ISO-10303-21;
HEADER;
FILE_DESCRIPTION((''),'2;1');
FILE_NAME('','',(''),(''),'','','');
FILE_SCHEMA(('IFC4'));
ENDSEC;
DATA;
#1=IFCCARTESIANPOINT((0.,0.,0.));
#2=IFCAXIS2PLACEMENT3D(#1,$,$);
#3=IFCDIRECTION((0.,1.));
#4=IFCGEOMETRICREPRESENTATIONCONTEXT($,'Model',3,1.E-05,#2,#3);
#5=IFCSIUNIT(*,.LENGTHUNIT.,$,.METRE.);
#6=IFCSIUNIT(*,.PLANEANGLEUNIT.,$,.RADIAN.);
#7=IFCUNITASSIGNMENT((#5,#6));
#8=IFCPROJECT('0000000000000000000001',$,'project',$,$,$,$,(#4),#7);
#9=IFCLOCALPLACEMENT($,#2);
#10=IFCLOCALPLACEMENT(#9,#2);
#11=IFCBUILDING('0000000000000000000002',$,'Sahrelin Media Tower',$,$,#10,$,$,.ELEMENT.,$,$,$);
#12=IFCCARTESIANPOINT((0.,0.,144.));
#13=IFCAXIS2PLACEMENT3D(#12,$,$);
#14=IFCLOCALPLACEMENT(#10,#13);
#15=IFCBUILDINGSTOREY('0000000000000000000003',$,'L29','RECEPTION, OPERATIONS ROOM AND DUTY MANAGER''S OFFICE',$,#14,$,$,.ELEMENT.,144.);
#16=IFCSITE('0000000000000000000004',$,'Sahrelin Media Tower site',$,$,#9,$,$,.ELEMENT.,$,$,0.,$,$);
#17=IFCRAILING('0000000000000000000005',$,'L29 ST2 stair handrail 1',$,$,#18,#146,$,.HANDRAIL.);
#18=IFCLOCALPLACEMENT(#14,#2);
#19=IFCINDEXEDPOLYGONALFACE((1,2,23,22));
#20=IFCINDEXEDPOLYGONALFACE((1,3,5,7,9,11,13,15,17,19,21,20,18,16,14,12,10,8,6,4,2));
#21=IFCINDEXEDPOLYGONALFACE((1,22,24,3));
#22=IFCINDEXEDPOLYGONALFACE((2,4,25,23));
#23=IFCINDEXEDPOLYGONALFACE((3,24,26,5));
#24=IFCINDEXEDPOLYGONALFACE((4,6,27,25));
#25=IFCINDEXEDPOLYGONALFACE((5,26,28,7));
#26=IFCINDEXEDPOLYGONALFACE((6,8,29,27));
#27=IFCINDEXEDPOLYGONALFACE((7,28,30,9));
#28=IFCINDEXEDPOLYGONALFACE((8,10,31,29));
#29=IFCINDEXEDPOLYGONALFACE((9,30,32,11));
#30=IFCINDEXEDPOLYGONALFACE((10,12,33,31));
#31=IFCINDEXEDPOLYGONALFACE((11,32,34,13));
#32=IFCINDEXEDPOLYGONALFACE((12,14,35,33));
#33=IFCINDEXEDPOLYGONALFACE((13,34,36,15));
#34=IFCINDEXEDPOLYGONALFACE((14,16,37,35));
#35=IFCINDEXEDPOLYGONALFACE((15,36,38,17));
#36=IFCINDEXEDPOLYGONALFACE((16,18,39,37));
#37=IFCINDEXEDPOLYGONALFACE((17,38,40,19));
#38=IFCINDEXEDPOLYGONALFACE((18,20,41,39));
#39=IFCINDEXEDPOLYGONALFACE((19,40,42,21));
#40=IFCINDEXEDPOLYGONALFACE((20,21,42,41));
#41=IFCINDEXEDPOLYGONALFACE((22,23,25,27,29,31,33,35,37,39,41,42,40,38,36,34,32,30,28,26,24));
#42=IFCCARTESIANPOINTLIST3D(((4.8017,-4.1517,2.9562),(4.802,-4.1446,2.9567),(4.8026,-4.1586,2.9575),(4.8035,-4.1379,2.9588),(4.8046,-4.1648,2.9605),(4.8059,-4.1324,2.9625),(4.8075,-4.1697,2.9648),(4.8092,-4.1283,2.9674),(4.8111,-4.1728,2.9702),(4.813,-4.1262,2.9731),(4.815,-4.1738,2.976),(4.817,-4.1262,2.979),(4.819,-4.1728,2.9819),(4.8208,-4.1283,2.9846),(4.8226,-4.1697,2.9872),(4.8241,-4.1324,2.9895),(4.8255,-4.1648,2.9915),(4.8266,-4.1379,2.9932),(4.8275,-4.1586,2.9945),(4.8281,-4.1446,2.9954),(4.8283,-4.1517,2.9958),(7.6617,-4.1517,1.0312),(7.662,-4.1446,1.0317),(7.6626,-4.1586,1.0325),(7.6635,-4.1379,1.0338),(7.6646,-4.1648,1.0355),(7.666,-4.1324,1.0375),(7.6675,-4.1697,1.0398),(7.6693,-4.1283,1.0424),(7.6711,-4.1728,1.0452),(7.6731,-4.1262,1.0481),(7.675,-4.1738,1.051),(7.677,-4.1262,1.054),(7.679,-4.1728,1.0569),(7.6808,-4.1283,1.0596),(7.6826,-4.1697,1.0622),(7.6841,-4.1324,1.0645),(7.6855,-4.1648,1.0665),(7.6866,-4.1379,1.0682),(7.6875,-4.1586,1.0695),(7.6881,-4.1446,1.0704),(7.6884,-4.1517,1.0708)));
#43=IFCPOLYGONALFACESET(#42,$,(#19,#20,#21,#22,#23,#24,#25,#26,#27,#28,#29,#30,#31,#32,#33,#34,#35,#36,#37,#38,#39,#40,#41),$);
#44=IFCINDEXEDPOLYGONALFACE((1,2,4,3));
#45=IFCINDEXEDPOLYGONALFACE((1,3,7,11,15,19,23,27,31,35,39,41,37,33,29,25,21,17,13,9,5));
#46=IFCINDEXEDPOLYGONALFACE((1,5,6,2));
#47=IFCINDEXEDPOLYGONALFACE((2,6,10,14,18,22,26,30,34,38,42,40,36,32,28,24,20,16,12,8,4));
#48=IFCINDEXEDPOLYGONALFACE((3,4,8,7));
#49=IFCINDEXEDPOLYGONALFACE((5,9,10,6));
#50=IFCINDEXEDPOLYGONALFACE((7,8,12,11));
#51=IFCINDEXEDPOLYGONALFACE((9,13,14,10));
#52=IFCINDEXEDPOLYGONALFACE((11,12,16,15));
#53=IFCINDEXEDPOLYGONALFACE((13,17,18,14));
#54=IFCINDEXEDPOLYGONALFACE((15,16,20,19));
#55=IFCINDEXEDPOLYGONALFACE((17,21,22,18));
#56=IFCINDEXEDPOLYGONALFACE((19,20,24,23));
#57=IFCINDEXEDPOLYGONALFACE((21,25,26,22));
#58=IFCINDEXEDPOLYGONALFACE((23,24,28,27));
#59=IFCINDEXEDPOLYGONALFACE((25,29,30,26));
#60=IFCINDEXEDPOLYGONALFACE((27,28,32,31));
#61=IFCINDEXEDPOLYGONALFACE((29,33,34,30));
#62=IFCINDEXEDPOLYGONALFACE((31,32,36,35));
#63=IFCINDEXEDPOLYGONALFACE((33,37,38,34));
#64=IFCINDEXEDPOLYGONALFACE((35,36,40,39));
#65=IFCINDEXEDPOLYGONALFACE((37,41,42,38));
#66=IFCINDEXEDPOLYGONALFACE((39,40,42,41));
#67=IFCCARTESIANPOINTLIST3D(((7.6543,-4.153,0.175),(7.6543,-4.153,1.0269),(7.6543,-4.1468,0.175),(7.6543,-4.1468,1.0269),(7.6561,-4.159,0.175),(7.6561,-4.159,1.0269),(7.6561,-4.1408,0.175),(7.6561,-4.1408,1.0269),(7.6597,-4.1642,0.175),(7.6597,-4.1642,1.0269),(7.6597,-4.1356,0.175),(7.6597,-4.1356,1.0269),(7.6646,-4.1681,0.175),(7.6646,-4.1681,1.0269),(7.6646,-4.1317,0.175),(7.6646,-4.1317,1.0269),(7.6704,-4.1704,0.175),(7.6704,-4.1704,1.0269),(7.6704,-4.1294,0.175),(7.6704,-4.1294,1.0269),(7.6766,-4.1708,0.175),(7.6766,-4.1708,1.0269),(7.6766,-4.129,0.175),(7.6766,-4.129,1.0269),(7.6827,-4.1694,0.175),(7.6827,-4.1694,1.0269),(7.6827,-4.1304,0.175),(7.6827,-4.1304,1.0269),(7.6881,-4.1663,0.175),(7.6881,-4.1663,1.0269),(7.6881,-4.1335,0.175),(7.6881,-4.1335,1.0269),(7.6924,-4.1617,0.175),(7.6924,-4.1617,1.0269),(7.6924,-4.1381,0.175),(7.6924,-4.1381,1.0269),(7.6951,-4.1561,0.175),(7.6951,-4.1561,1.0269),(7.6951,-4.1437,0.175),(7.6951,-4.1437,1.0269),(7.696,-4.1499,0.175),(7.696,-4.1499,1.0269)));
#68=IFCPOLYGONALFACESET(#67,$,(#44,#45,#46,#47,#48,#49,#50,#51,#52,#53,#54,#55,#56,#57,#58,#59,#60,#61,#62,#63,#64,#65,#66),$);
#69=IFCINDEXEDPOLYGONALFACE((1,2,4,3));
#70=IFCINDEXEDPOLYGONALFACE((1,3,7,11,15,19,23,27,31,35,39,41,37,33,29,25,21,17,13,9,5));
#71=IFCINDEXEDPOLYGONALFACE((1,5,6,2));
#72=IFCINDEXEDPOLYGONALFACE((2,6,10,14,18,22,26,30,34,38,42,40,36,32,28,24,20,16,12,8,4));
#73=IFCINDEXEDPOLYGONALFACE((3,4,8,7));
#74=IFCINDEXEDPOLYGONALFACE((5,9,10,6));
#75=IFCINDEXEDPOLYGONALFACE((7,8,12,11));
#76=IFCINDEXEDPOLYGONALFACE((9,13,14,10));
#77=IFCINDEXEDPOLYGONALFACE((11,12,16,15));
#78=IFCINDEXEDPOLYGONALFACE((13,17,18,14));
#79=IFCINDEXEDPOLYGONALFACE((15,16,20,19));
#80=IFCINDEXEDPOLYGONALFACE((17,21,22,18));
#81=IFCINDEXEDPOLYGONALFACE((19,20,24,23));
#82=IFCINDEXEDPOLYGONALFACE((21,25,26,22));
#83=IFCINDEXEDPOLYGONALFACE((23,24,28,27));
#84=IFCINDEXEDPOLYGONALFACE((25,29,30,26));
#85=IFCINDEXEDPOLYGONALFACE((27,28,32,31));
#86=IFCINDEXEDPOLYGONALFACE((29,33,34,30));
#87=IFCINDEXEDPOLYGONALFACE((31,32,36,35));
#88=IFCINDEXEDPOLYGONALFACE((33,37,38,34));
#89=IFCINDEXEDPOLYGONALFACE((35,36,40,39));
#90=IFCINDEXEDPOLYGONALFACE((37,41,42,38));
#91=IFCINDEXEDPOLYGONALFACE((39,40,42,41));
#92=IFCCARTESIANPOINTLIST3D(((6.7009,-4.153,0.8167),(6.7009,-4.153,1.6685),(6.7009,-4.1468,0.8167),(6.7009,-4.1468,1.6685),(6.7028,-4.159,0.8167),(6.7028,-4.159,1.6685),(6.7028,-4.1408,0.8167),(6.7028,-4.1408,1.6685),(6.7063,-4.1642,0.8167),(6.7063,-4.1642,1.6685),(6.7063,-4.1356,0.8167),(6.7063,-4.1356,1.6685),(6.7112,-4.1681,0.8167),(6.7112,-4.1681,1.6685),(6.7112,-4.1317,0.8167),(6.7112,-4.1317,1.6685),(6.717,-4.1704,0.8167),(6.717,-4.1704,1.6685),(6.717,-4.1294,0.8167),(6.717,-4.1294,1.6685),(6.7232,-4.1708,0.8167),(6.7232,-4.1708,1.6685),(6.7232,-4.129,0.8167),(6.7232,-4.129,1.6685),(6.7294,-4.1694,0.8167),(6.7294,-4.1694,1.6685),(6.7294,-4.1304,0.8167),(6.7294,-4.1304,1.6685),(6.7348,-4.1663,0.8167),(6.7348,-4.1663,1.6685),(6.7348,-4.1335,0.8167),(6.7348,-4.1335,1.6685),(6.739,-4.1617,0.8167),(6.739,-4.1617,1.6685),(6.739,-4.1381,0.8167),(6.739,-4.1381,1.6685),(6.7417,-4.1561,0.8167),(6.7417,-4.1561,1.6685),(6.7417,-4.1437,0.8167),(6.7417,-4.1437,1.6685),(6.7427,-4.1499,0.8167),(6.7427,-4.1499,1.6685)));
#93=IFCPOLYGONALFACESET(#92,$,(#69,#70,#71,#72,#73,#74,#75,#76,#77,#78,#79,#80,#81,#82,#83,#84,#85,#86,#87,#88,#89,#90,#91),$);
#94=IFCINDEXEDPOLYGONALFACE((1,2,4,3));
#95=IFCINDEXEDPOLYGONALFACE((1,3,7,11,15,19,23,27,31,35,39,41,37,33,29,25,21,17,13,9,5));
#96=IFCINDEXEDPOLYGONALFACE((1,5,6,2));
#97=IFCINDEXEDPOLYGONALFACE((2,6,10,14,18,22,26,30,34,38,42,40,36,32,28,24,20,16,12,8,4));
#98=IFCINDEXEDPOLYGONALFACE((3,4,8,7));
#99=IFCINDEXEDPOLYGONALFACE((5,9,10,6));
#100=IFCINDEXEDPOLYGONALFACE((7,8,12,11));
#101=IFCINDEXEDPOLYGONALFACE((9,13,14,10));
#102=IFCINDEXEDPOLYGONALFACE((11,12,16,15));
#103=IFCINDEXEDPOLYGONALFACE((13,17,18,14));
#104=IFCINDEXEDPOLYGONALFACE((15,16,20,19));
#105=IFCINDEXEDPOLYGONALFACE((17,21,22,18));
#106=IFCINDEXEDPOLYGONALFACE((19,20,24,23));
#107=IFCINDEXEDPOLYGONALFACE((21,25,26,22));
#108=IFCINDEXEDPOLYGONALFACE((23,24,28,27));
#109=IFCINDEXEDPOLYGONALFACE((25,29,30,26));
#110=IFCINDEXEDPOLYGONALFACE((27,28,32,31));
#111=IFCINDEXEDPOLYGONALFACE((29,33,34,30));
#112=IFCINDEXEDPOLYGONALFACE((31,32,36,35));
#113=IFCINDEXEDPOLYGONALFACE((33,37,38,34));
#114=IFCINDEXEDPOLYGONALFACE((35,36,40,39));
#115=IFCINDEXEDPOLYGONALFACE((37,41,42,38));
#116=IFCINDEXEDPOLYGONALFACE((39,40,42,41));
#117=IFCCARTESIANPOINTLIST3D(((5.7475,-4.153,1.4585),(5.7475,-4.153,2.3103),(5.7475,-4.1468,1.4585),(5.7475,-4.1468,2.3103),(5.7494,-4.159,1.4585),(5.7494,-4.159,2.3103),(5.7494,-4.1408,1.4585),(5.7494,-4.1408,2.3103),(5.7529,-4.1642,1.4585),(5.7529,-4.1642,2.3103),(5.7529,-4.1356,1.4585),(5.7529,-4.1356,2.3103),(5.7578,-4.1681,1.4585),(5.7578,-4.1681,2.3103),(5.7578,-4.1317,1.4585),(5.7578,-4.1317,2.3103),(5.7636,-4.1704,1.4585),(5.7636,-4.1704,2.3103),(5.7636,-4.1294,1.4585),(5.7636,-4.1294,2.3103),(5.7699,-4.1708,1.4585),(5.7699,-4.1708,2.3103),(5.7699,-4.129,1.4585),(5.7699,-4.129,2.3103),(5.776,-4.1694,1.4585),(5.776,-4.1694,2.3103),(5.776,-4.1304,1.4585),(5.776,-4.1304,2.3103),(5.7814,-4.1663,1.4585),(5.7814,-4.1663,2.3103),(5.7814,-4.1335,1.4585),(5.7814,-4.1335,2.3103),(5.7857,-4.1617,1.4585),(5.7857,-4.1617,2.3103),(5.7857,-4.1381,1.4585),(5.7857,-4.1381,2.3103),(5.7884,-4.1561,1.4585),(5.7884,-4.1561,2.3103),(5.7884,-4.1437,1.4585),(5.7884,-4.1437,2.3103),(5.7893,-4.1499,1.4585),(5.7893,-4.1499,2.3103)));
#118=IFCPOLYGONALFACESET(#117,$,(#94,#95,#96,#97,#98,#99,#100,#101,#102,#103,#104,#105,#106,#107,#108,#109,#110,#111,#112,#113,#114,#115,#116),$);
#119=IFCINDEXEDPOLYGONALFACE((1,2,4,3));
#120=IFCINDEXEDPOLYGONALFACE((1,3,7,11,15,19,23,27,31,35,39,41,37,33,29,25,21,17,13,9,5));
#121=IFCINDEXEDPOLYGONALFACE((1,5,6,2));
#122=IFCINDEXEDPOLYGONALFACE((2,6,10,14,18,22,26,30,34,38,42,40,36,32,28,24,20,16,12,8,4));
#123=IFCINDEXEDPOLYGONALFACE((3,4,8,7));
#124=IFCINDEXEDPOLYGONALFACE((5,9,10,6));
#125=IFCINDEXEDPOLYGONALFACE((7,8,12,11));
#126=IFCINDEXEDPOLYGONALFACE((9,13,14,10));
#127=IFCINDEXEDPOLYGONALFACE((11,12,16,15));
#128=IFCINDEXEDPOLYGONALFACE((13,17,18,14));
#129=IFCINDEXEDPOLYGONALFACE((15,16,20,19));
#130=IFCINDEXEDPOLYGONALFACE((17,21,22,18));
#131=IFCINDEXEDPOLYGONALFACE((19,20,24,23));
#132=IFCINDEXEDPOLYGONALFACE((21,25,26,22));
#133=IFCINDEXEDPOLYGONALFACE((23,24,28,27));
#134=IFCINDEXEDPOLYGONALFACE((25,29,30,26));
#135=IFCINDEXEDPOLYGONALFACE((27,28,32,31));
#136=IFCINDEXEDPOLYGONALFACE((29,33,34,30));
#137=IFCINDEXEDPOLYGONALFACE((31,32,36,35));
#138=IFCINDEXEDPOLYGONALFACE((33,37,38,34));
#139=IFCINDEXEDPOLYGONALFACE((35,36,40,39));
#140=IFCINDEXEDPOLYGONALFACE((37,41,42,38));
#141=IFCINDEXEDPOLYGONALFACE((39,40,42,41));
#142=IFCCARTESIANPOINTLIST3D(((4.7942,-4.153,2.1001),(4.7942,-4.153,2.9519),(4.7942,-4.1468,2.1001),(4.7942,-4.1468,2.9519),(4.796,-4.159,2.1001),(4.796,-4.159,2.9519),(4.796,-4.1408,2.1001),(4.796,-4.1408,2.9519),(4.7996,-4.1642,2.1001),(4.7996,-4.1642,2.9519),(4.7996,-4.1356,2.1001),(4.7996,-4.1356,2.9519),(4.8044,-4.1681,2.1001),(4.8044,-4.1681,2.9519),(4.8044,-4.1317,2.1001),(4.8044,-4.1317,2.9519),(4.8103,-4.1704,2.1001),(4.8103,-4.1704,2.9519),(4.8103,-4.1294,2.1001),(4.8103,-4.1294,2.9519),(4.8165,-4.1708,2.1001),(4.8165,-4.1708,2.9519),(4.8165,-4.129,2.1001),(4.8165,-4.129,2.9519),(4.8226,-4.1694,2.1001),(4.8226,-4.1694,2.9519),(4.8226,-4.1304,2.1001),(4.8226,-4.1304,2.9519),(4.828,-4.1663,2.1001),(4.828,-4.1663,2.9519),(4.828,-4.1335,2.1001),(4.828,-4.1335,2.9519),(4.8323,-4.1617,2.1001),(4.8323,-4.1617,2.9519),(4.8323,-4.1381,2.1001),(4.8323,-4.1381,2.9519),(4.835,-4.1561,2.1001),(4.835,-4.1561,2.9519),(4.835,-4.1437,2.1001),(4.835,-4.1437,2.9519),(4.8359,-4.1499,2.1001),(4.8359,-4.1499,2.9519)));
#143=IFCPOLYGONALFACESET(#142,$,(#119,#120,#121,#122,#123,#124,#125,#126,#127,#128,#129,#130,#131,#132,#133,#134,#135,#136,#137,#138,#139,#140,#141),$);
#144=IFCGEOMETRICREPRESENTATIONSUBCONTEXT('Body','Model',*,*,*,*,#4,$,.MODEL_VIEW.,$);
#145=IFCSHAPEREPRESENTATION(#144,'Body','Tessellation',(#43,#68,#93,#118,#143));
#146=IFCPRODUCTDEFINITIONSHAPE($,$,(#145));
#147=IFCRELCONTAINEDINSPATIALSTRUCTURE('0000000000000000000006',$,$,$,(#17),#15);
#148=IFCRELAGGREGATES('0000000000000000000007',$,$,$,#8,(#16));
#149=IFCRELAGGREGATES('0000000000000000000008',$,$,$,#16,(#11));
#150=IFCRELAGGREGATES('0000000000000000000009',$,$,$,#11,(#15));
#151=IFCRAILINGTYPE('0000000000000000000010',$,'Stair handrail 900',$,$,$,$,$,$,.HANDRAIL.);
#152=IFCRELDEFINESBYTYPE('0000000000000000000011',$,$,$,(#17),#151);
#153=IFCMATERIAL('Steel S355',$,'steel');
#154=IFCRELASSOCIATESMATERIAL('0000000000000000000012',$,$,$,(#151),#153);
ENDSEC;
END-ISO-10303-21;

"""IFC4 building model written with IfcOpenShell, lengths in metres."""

from ifc_helpers import new_model, si_unit, direction, frame, origin, origin_2d, place, context, subcontext, project, spatial, circle, extrude, material, type_object, element, save


model = new_model("IFC4")

# Units and contexts
model_context = context("Model", 3, precision=1e-05, world=origin(), true_north=direction((0.0, 1.0)))
body_context = subcontext(model_context, "Body", "Model", "MODEL_VIEW")
ifc_project = project(units=[si_unit("LENGTHUNIT", "METRE"), si_unit("PLANEANGLEUNIT", "RADIAN")], contexts=[model_context])

# Site, building, storey
site_placement = place(None, origin())
site = spatial("IfcSite", under=ifc_project, at=site_placement, Name="Sahrelin Media Tower site", CompositionType="ELEMENT", RefElevation=0.0)
building_placement = place(site_placement, origin())
building = spatial("IfcBuilding", under=site, at=building_placement, Name="Sahrelin Media Tower", CompositionType="ELEMENT")
storey_placement = place(building_placement, frame((0.0, 0.0, 144.0)))
storey = spatial("IfcBuildingStorey", under=building, at=storey_placement, Name="L29", Description="RECEPTION, OPERATIONS ROOM AND DUTY MANAGER'S OFFICE", CompositionType="ELEMENT", Elevation=144.0)

# Shared definitions
ifc_material_1 = material(Name="Steel S355", Category="steel")

# Railing
railing_type_1 = type_object("IfcRailingType", Name="Stair handrail 900", PredefinedType="HANDRAIL", material=ifc_material_1)
railing_1_placement = place(storey_placement, frame((7.675, -4.1499, 0.175)))
element("IfcRailing", 1, at=railing_1_placement, inside=storey, type_object=railing_type_1, Name="L29 ST2 stair handrail 1", PredefinedType="HANDRAIL", context=body_context, shape_type="SweptSolid", body=[
    extrude(circle(Radius=0.0239, at=origin_2d()), frame((0.0, 0.0, 0.876), z_axis=(-0.829591, 0.0, 0.558372), x_axis=(0.0, -1.0, 0.0)), (0.0, 0.0, 1.0), 3.4475),
    extrude(circle(Radius=0.021, at=origin_2d()), origin(), (0.0, 0.0, 1.0), 0.8518),
    extrude(circle(Radius=0.021, at=origin_2d()), frame((-0.9534, 0.0, 0.6416)), (0.0, 0.0, 1.0), 0.8518),
    extrude(circle(Radius=0.021, at=origin_2d()), frame((-1.9067, 0.0, 1.2834)), (0.0, 0.0, 1.0), 0.8518),
    extrude(circle(Radius=0.021, at=origin_2d()), frame((-2.8601, 0.0, 1.925)), (0.0, 0.0, 1.0), 0.8518),
])

save(model, "model.ifc")
